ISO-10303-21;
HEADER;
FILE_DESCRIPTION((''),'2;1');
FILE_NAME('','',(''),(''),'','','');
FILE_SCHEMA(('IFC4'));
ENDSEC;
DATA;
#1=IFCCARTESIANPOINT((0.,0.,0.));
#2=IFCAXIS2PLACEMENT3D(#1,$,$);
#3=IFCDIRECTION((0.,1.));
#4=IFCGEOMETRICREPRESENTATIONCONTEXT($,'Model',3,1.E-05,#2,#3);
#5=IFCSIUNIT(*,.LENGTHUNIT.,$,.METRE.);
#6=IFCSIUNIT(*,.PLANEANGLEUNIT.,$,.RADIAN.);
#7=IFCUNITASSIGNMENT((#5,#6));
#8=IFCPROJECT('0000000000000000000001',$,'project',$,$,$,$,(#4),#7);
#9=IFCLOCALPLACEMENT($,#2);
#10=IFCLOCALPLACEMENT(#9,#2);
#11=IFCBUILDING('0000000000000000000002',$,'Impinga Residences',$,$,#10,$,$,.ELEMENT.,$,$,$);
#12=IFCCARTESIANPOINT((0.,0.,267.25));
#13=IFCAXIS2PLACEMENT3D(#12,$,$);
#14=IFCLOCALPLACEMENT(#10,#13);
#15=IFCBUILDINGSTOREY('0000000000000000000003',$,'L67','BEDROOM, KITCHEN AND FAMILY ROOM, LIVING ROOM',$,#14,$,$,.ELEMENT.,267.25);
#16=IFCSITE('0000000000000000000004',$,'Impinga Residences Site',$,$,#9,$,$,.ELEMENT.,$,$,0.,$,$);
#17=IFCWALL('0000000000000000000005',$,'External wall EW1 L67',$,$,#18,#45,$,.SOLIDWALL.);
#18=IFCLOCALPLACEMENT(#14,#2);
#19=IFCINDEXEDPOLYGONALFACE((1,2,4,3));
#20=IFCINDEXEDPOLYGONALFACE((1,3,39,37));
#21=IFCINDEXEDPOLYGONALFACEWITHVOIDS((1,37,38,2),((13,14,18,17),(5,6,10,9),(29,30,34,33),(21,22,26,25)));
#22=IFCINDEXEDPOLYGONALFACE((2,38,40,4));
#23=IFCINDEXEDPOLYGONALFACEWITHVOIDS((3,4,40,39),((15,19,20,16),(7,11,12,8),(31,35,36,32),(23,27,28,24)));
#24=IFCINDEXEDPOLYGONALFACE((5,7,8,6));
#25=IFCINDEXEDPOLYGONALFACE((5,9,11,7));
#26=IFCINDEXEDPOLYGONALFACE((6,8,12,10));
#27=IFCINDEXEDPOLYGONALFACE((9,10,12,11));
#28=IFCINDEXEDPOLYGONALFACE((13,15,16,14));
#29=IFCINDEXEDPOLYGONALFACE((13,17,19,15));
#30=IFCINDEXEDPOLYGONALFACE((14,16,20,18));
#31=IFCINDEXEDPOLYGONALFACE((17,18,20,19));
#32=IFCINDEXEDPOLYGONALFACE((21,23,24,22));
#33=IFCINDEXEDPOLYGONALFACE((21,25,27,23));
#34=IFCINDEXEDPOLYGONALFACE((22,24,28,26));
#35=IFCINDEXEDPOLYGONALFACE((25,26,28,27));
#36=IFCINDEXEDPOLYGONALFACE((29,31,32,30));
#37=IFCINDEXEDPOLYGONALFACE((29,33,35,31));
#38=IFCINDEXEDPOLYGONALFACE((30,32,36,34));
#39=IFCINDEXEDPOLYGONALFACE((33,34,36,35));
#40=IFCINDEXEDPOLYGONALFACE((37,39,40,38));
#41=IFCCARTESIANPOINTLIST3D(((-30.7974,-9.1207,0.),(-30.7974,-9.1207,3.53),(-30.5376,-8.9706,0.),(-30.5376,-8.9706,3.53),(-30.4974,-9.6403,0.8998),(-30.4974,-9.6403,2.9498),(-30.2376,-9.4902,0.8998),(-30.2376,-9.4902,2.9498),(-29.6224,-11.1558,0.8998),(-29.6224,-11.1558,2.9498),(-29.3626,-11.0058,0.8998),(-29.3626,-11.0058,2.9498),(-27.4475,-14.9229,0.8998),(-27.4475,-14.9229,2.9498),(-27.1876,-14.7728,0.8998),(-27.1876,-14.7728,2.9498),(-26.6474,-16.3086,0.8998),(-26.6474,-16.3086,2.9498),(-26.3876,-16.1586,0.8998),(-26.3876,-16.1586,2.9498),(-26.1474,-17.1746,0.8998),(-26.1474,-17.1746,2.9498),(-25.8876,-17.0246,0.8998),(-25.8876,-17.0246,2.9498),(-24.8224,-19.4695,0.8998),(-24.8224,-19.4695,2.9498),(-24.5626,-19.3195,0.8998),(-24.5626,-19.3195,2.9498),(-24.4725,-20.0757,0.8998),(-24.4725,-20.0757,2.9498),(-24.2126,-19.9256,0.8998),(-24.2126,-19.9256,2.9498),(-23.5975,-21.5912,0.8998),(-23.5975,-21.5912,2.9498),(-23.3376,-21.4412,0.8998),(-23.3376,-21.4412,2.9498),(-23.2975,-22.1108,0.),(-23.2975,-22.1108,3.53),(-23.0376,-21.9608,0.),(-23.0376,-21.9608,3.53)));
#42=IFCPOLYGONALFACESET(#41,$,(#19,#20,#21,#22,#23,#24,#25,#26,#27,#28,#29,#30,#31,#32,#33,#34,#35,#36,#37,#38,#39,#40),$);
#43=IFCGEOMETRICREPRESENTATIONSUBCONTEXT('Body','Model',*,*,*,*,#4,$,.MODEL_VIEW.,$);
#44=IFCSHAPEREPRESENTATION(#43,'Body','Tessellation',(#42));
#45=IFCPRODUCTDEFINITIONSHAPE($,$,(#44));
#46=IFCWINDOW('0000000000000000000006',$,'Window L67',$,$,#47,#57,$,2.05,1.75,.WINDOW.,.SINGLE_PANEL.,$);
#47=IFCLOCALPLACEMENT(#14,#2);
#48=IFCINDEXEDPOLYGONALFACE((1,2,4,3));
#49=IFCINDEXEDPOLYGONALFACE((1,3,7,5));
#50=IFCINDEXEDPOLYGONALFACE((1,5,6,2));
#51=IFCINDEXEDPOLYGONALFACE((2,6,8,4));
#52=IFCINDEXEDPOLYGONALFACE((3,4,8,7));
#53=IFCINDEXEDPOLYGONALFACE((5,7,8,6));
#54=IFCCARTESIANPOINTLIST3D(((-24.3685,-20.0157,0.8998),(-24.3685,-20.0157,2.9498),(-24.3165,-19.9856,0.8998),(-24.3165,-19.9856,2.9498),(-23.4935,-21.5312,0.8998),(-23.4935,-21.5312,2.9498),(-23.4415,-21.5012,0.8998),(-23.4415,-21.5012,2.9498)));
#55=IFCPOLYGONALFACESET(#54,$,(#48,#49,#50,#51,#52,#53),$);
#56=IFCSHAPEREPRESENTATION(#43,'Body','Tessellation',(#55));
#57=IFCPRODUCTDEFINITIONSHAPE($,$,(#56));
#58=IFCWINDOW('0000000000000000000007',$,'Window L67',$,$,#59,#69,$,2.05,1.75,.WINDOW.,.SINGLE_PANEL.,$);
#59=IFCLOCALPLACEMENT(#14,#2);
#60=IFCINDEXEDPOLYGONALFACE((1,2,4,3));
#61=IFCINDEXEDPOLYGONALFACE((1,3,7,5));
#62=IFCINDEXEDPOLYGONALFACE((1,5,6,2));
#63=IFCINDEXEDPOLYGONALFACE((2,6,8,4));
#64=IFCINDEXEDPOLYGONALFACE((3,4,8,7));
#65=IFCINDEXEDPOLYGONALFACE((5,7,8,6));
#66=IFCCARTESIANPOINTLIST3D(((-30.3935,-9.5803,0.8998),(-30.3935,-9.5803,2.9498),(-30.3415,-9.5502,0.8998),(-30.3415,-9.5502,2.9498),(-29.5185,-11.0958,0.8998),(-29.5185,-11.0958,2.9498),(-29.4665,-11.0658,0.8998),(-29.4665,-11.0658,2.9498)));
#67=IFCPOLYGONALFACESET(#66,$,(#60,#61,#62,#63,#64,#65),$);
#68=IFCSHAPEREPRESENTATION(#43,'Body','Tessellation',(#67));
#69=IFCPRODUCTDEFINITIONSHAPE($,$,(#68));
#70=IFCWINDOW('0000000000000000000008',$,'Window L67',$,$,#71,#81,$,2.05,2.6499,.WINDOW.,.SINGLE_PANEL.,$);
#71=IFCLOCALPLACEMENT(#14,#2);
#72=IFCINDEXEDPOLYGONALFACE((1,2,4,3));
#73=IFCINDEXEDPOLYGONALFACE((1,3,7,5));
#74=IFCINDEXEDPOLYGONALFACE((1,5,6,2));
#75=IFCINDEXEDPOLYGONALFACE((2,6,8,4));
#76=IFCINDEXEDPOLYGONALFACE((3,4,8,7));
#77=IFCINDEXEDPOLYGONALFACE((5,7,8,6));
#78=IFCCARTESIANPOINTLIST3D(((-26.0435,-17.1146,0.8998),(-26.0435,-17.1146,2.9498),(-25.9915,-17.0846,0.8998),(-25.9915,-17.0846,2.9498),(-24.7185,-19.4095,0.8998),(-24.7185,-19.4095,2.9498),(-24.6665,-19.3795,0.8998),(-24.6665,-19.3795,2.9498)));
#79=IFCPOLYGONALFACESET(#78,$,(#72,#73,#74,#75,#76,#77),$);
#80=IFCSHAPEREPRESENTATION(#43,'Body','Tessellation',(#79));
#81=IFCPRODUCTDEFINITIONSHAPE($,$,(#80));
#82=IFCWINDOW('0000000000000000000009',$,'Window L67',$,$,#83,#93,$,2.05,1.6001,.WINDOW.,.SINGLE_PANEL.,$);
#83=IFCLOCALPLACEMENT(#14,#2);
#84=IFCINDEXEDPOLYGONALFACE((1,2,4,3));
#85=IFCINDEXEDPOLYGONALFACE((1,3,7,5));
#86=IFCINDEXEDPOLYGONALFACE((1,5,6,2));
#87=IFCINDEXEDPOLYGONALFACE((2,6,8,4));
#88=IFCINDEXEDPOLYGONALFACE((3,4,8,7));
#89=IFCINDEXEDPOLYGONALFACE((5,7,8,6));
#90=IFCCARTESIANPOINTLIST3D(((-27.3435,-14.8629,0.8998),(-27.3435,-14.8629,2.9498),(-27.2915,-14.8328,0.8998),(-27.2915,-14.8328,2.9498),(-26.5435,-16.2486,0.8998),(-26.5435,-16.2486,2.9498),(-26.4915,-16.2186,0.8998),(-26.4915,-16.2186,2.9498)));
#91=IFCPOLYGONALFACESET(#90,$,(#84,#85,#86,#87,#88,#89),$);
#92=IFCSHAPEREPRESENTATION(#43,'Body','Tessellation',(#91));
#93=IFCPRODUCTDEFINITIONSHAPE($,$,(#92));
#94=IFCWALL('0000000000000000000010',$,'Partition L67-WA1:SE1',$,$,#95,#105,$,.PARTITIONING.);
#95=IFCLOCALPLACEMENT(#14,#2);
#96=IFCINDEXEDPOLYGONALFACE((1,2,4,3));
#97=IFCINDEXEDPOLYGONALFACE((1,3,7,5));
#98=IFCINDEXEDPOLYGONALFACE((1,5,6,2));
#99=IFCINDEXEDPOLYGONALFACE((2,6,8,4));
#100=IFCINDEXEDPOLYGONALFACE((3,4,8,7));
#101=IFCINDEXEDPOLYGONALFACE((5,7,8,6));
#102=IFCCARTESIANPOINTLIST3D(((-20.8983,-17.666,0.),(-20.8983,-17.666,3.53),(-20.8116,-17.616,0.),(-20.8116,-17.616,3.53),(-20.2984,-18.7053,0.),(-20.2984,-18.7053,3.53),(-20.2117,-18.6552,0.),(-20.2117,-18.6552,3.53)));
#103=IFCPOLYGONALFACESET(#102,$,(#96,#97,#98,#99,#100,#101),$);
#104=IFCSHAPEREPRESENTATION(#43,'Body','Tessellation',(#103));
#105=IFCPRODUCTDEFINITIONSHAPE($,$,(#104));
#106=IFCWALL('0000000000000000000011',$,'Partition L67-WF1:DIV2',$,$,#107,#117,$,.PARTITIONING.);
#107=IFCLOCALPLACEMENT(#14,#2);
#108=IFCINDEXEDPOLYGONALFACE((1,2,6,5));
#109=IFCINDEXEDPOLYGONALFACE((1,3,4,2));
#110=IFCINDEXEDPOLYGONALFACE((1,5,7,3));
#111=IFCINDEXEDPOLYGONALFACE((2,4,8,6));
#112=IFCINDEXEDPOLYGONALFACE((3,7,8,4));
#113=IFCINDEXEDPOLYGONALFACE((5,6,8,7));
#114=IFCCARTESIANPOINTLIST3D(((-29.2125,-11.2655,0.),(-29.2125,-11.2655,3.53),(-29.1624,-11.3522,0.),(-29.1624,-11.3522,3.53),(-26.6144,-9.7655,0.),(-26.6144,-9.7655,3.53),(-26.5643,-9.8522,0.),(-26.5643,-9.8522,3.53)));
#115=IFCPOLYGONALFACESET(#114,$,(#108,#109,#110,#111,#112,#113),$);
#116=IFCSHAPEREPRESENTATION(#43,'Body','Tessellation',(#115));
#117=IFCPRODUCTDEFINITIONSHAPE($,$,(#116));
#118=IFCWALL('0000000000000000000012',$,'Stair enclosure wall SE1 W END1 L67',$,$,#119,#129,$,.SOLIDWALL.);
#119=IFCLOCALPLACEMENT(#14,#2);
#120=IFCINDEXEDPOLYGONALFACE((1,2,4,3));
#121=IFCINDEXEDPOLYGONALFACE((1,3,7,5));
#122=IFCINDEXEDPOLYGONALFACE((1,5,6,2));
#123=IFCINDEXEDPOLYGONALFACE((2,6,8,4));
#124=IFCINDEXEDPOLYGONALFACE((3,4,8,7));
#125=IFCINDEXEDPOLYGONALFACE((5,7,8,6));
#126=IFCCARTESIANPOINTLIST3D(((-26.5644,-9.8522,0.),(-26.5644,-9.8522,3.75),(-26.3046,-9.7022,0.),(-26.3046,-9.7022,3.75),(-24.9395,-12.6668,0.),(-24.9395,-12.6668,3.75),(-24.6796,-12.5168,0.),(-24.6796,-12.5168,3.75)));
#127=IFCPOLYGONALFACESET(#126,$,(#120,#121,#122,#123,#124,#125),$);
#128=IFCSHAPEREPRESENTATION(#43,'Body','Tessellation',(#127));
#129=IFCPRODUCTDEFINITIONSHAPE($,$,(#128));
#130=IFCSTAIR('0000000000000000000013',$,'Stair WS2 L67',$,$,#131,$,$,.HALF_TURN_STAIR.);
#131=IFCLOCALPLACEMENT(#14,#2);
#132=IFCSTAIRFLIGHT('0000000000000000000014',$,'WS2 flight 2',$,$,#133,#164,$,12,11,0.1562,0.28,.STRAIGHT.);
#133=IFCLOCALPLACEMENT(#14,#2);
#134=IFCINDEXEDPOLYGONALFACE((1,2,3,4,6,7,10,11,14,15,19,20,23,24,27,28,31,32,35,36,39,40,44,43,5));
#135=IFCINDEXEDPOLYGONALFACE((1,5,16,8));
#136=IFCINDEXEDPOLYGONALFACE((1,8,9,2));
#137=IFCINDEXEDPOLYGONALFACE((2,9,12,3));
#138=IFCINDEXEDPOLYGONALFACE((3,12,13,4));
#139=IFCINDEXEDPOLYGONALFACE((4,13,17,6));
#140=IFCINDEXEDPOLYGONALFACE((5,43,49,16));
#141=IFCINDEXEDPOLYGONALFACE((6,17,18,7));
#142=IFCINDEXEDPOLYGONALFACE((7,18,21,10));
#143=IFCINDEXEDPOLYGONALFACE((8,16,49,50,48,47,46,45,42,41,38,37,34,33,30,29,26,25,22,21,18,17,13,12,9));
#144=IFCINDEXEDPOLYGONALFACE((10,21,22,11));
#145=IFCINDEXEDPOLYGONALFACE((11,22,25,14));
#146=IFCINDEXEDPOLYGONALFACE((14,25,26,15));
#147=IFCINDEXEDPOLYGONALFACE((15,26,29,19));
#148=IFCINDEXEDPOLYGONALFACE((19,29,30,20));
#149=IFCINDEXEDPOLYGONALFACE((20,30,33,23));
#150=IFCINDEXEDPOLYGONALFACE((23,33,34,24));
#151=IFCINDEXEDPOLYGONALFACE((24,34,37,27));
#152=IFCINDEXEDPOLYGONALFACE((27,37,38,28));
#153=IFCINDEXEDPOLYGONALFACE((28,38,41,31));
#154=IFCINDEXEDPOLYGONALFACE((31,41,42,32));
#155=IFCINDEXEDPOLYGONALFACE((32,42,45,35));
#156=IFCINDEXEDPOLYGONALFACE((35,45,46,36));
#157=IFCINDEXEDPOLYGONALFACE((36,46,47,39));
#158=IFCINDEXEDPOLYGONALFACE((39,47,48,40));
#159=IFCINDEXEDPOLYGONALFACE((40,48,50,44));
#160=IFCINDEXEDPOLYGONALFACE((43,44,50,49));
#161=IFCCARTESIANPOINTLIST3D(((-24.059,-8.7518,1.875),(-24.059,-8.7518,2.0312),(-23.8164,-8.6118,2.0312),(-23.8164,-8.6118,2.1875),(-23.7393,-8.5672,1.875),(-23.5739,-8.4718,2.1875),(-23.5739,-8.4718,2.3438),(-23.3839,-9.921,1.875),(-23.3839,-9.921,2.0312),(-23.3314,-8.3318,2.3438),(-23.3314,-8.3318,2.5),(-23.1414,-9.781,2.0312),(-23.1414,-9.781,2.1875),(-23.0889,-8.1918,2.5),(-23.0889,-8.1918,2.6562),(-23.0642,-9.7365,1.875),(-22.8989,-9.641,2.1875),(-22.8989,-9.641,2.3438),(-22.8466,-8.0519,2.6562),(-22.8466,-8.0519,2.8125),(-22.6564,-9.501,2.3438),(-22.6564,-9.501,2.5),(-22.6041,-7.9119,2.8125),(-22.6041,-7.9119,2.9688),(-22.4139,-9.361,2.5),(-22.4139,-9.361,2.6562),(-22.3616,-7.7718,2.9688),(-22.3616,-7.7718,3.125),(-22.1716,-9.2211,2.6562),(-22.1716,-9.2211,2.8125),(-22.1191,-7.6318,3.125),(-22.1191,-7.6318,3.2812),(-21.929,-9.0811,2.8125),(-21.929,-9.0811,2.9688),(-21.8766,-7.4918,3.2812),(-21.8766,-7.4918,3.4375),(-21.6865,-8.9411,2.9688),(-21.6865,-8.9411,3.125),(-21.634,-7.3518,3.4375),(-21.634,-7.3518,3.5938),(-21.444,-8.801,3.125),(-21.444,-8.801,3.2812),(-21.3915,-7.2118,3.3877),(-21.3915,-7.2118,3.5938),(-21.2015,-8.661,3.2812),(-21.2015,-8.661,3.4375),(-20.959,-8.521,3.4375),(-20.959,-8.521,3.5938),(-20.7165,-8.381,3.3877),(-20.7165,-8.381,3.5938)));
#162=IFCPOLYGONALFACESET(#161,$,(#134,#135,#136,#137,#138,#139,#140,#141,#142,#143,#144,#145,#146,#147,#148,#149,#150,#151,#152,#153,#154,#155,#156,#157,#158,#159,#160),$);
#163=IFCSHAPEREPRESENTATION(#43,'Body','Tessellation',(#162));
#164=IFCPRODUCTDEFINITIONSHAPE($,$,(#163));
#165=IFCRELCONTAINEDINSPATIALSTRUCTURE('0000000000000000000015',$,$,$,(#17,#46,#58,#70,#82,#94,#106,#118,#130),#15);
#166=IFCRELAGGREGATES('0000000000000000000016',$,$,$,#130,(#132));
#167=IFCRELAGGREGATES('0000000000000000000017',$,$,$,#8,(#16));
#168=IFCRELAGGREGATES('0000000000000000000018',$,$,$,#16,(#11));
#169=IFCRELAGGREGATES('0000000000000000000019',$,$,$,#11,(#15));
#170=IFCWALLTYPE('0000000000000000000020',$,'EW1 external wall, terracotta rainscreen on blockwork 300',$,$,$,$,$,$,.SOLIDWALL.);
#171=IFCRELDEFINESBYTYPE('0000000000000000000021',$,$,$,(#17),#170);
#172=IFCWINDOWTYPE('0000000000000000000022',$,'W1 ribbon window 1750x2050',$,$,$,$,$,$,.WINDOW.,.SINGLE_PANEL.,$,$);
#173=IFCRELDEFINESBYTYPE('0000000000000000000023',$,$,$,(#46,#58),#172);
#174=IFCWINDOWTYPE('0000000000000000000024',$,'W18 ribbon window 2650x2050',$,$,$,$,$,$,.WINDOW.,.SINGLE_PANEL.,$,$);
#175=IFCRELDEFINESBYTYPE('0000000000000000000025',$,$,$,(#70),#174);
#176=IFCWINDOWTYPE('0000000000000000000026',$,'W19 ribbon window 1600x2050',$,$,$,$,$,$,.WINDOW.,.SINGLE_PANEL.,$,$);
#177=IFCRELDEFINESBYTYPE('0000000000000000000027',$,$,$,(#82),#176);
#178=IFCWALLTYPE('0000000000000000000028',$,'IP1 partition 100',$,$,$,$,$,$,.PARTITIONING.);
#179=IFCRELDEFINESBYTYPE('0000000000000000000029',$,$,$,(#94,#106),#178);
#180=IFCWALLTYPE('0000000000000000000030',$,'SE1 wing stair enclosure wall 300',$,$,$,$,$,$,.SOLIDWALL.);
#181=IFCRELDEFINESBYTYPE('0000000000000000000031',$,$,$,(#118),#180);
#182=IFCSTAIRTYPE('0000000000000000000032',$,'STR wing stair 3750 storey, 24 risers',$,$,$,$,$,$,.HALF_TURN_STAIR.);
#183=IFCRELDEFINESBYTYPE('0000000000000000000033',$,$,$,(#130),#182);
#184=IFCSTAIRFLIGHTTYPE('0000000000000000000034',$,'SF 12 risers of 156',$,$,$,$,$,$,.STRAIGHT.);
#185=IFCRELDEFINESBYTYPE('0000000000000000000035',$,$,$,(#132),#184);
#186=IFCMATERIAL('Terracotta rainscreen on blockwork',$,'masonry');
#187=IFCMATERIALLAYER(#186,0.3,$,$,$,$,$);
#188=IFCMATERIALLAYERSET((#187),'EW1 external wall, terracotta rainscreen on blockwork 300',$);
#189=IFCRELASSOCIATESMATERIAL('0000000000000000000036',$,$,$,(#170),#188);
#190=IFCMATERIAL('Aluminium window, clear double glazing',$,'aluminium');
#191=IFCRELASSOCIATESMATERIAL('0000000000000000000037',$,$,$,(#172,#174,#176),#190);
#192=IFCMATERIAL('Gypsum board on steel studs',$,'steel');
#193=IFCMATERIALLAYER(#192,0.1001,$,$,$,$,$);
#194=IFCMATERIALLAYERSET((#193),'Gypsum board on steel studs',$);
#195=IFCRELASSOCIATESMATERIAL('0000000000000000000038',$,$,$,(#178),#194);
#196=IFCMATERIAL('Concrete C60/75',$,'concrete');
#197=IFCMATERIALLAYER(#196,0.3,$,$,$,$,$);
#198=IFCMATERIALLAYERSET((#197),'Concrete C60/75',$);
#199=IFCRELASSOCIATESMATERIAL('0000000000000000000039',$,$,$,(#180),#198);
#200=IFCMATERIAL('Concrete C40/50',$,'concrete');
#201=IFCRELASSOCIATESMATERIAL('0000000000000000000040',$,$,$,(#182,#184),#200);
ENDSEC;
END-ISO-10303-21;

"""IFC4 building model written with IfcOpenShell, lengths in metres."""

from ifc_helpers import new_model, si_unit, direction, frame, frame_2d, origin, place, context, subcontext, project, spatial, polyline, rectangle, outline, extrude, material, layer, layer_set, type_object, element, fill, aggregate, save


model = new_model("IFC4")

# Units and contexts
model_context = context("Model", 3, precision=1e-05, world=origin(), true_north=direction((0.0, 1.0)))
body_context = subcontext(model_context, "Body", "Model", "MODEL_VIEW")
ifc_project = project(units=[si_unit("LENGTHUNIT", "METRE"), si_unit("PLANEANGLEUNIT", "RADIAN")], contexts=[model_context])

# Site, building, storey
site_placement = place(None, origin())
site = spatial("IfcSite", under=ifc_project, at=site_placement, Name="Impinga Residences Site", CompositionType="ELEMENT", RefElevation=0.0)
building_placement = place(site_placement, origin())
building = spatial("IfcBuilding", under=site, at=building_placement, Name="Impinga Residences", CompositionType="ELEMENT")
storey_placement = place(building_placement, frame((0.0, 0.0, 267.25)))
storey = spatial("IfcBuildingStorey", under=building, at=storey_placement, Name="L67", Description="BEDROOM, KITCHEN AND FAMILY ROOM, LIVING ROOM", CompositionType="ELEMENT", Elevation=267.25)

# Shared definitions
ifc_material_1 = material(Name="Concrete C60/75", Category="concrete")

# Shared definitions
ifc_material_2 = material(Name="Terracotta rainscreen on blockwork", Category="masonry")
ifc_layer_1 = layer(ifc_material_2, 0.3)
ifc_layer_set_1 = layer_set([ifc_layer_1], Name="EW1 external wall, terracotta rainscreen on blockwork 300")
wall_type_1 = type_object("IfcWallType", Name="EW1 external wall, terracotta rainscreen on blockwork 300", PredefinedType="SOLIDWALL", material=ifc_layer_set_1)

# Wall, openings, windows
wall_1_placement = place(storey_placement, frame((-23.1675, -22.0359, 0.0), z_axis=(0.0, 0.0, 1.0), x_axis=(-0.500004, 0.866023, 0.0)))
wall_1 = element("IfcWall", 1, at=wall_1_placement, inside=storey, type_object=wall_type_1, Name="External wall EW1 L67", PredefinedType="SOLIDWALL", context=body_context, shape_type="SweptSolid", body=[
    extrude(rectangle(XDim=14.9998, YDim=0.3, at=frame_2d((7.5, 0.0))), origin(), (0.0, 0.0, 1.0), 3.53),
])
opening_1_placement = place(wall_1_placement, frame((0.6001, 0.0, 0.8999)))
opening_1 = element("IfcOpeningElement", 2, at=opening_1_placement, cuts=wall_1, PredefinedType="OPENING", context=body_context, shape_type="SweptSolid", body=[
    extrude(rectangle(XDim=1.75, YDim=2.05, at=frame_2d((0.875, 1.0249))), frame((0.0, 0.1599, 0.0), z_axis=(0.0, -1.0, 0.0), x_axis=(1.0, 0.0, 0.0)), (0.0, 0.0, 1.0), 0.3201),
])
opening_2_placement = place(wall_1_placement, frame((3.05, 0.0, 0.8999)))
opening_2 = element("IfcOpeningElement", 3, at=opening_2_placement, cuts=wall_1, PredefinedType="OPENING", context=body_context, shape_type="SweptSolid", body=[
    extrude(rectangle(XDim=2.6499, YDim=2.05, at=frame_2d((1.325, 1.0249))), frame((0.0, 0.1599, 0.0), z_axis=(0.0, -1.0, 0.0), x_axis=(1.0, 0.0, 0.0)), (0.0, 0.0, 1.0), 0.3201),
])
opening_3_placement = place(wall_1_placement, frame((6.7, 0.0, 0.8999)))
opening_3 = element("IfcOpeningElement", 4, at=opening_3_placement, cuts=wall_1, PredefinedType="OPENING", context=body_context, shape_type="SweptSolid", body=[
    extrude(rectangle(XDim=1.6001, YDim=2.05, at=frame_2d((0.8, 1.0249))), frame((0.0, 0.1599, 0.0), z_axis=(0.0, -1.0, 0.0), x_axis=(1.0, 0.0, 0.0)), (0.0, 0.0, 1.0), 0.3201),
])
opening_4_placement = place(wall_1_placement, frame((12.6499, 0.0, 0.8999)))
opening_4 = element("IfcOpeningElement", 5, at=opening_4_placement, cuts=wall_1, PredefinedType="OPENING", context=body_context, shape_type="SweptSolid", body=[
    extrude(rectangle(XDim=1.75, YDim=2.05, at=frame_2d((0.875, 1.0249))), frame((0.0, 0.1599, 0.0), z_axis=(0.0, -1.0, 0.0), x_axis=(1.0, 0.0, 0.0)), (0.0, 0.0, 1.0), 0.3201),
])
ifc_material_3 = material(Name="Aluminium window, clear double glazing", Category="aluminium")
window_type_1 = type_object("IfcWindowType", Name="W1 ribbon window 1750x2050", PartitioningType="SINGLE_PANEL", PredefinedType="WINDOW", material=ifc_material_3)
window_1_placement = place(opening_1_placement, origin())
window_1 = element("IfcWindow", 6, at=window_1_placement, inside=storey, type_object=window_type_1, Name="Window L67", OverallHeight=2.05, OverallWidth=1.75, PartitioningType="SINGLE_PANEL", PredefinedType="WINDOW", context=body_context, shape_type="SweptSolid", body=[
    extrude(rectangle(XDim=1.75, YDim=2.05, at=frame_2d((0.875, 1.0249))), frame((0.0, 0.03, 0.0), z_axis=(0.0, -1.0, 0.0), x_axis=(1.0, 0.0, 0.0)), (0.0, 0.0, 1.0), 0.0601),
])
fill(opening_1, window_1)
window_2_placement = place(opening_4_placement, origin())
window_2 = element("IfcWindow", 7, at=window_2_placement, inside=storey, type_object=window_type_1, Name="Window L67", OverallHeight=2.05, OverallWidth=1.75, PartitioningType="SINGLE_PANEL", PredefinedType="WINDOW", context=body_context, shape_type="SweptSolid", body=[
    extrude(rectangle(XDim=1.75, YDim=2.05, at=frame_2d((0.875, 1.0249))), frame((0.0, 0.03, 0.0), z_axis=(0.0, -1.0, 0.0), x_axis=(1.0, 0.0, 0.0)), (0.0, 0.0, 1.0), 0.0601),
])
fill(opening_4, window_2)
window_type_2 = type_object("IfcWindowType", Name="W18 ribbon window 2650x2050", PartitioningType="SINGLE_PANEL", PredefinedType="WINDOW", material=ifc_material_3)
window_3_placement = place(opening_2_placement, origin())
window_3 = element("IfcWindow", 8, at=window_3_placement, inside=storey, type_object=window_type_2, Name="Window L67", OverallHeight=2.05, OverallWidth=2.6499, PartitioningType="SINGLE_PANEL", PredefinedType="WINDOW", context=body_context, shape_type="SweptSolid", body=[
    extrude(rectangle(XDim=2.6499, YDim=2.05, at=frame_2d((1.325, 1.0249))), frame((0.0, 0.03, 0.0), z_axis=(0.0, -1.0, 0.0), x_axis=(1.0, 0.0, 0.0)), (0.0, 0.0, 1.0), 0.0601),
])
fill(opening_2, window_3)
window_type_3 = type_object("IfcWindowType", Name="W19 ribbon window 1600x2050", PartitioningType="SINGLE_PANEL", PredefinedType="WINDOW", material=ifc_material_3)
window_4_placement = place(opening_3_placement, origin())
window_4 = element("IfcWindow", 9, at=window_4_placement, inside=storey, type_object=window_type_3, Name="Window L67", OverallHeight=2.05, OverallWidth=1.6001, PartitioningType="SINGLE_PANEL", PredefinedType="WINDOW", context=body_context, shape_type="SweptSolid", body=[
    extrude(rectangle(XDim=1.6001, YDim=2.05, at=frame_2d((0.8, 1.0249))), frame((0.0, 0.03, 0.0), z_axis=(0.0, -1.0, 0.0), x_axis=(1.0, 0.0, 0.0)), (0.0, 0.0, 1.0), 0.0601),
])
fill(opening_3, window_4)

# Walls
ifc_material_4 = material(Name="Gypsum board on steel studs", Category="steel")
ifc_layer_2 = layer(ifc_material_4, 0.1001)
ifc_layer_set_2 = layer_set([ifc_layer_2], Name="Gypsum board on steel studs")
wall_type_2 = type_object("IfcWallType", Name="IP1 partition 100", PredefinedType="PARTITIONING", material=ifc_layer_set_2)
wall_2_placement = place(storey_placement, frame((-20.855, -17.6409, 0.0), z_axis=(0.0, 0.0, 1.0), x_axis=(0.499881, -0.866094, 0.0)))
element("IfcWall", 10, at=wall_2_placement, inside=storey, type_object=wall_type_2, Name="Partition L67-WA1:SE1", PredefinedType="PARTITIONING", context=body_context, shape_type="SweptSolid", body=[
    extrude(rectangle(XDim=1.2, YDim=0.1001, at=frame_2d((0.6001, 0.0))), origin(), (0.0, 0.0, 1.0), 3.53),
])
wall_3_placement = place(storey_placement, frame((-26.5894, -9.8088, 0.0), z_axis=(0.0, 0.0, 1.0), x_axis=(-0.866031, -0.49999, 0.0)))
element("IfcWall", 11, at=wall_3_placement, inside=storey, type_object=wall_type_2, Name="Partition L67-WF1:DIV2", PredefinedType="PARTITIONING", context=body_context, shape_type="SweptSolid", body=[
    extrude(rectangle(XDim=3.0, YDim=0.1001, at=frame_2d((1.5, 0.0))), origin(), (0.0, 0.0, 1.0), 3.53),
])
ifc_layer_3 = layer(ifc_material_1, 0.3)
ifc_layer_set_3 = layer_set([ifc_layer_3], Name="Concrete C60/75")
wall_type_3 = type_object("IfcWallType", Name="SE1 wing stair enclosure wall 300", PredefinedType="SOLIDWALL", material=ifc_layer_set_3)
wall_4_placement = place(storey_placement, frame((-24.8096, -12.5918, 0.0), z_axis=(0.0, 0.0, 1.0), x_axis=(-0.499985, 0.866034, 0.0)))
element("IfcWall", 12, at=wall_4_placement, inside=storey, type_object=wall_type_3, Name="Stair enclosure wall SE1 W END1 L67", PredefinedType="SOLIDWALL", context=body_context, shape_type="SweptSolid", body=[
    extrude(rectangle(XDim=3.25, YDim=0.3, at=frame_2d((1.625, 0.0))), origin(), (0.0, 0.0, 1.0), 3.75),
])

# Stair, stair flight
ifc_material_5 = material(Name="Concrete C40/50", Category="concrete")
stair_type = type_object("IfcStairType", Name="STR wing stair 3750 storey, 24 risers", PredefinedType="HALF_TURN_STAIR", material=ifc_material_5)
stair_placement = place(storey_placement, origin())
stair = element("IfcStair", 13, at=stair_placement, inside=storey, type_object=stair_type, Name="Stair WS2 L67", PredefinedType="HALF_TURN_STAIR")
stair_flight_type = type_object("IfcStairFlightType", Name="SF 12 risers of 156", PredefinedType="STRAIGHT", material=ifc_material_5)
stair_flight_placement = place(storey_placement, frame((-23.7214, -9.3364, 1.875), z_axis=(0.0, 0.0, 1.0), x_axis=(0.866025, 0.5, 0.0)))
stair_flight = element("IfcStairFlight", 14, at=stair_flight_placement, type_object=stair_flight_type, Name="WS2 flight 2", NumberOfRisers=12, NumberOfTreads=11, PredefinedType="STRAIGHT", RiserHeight=0.1562, TreadLength=0.28, context=body_context, shape_type="SweptSolid", body=[
    extrude(outline(polyline([(0.0, 0.0), (0.0, 0.1562), (0.28, 0.1562), (0.28, 0.3125), (0.5601, 0.3125), (0.5601, 0.4688), (0.8401, 0.4688), (0.8401, 0.625), (1.1201, 0.625), (1.1201, 0.7812), (1.3999, 0.7812), (1.3999, 0.9375), (1.6799, 0.9375), (1.6799, 1.0938), (1.96, 1.0938), (1.96, 1.25), (2.24, 1.25), (2.24, 1.4062), (2.52, 1.4062), (2.52, 1.5625), (2.8, 1.5625), (2.8, 1.7188), (3.0801, 1.7188), (3.0801, 1.875), (3.0801, 1.5127), (0.3691, 0.0), (0.0, 0.0)])), frame((0.0, 0.675, 0.0), z_axis=(0.0, -1.0, 0.0), x_axis=(1.0, 0.0, 0.0)), (0.0, 0.0, 1.0), 1.3501),
])
aggregate(stair, [stair_flight])

save(model, "model.ifc")
